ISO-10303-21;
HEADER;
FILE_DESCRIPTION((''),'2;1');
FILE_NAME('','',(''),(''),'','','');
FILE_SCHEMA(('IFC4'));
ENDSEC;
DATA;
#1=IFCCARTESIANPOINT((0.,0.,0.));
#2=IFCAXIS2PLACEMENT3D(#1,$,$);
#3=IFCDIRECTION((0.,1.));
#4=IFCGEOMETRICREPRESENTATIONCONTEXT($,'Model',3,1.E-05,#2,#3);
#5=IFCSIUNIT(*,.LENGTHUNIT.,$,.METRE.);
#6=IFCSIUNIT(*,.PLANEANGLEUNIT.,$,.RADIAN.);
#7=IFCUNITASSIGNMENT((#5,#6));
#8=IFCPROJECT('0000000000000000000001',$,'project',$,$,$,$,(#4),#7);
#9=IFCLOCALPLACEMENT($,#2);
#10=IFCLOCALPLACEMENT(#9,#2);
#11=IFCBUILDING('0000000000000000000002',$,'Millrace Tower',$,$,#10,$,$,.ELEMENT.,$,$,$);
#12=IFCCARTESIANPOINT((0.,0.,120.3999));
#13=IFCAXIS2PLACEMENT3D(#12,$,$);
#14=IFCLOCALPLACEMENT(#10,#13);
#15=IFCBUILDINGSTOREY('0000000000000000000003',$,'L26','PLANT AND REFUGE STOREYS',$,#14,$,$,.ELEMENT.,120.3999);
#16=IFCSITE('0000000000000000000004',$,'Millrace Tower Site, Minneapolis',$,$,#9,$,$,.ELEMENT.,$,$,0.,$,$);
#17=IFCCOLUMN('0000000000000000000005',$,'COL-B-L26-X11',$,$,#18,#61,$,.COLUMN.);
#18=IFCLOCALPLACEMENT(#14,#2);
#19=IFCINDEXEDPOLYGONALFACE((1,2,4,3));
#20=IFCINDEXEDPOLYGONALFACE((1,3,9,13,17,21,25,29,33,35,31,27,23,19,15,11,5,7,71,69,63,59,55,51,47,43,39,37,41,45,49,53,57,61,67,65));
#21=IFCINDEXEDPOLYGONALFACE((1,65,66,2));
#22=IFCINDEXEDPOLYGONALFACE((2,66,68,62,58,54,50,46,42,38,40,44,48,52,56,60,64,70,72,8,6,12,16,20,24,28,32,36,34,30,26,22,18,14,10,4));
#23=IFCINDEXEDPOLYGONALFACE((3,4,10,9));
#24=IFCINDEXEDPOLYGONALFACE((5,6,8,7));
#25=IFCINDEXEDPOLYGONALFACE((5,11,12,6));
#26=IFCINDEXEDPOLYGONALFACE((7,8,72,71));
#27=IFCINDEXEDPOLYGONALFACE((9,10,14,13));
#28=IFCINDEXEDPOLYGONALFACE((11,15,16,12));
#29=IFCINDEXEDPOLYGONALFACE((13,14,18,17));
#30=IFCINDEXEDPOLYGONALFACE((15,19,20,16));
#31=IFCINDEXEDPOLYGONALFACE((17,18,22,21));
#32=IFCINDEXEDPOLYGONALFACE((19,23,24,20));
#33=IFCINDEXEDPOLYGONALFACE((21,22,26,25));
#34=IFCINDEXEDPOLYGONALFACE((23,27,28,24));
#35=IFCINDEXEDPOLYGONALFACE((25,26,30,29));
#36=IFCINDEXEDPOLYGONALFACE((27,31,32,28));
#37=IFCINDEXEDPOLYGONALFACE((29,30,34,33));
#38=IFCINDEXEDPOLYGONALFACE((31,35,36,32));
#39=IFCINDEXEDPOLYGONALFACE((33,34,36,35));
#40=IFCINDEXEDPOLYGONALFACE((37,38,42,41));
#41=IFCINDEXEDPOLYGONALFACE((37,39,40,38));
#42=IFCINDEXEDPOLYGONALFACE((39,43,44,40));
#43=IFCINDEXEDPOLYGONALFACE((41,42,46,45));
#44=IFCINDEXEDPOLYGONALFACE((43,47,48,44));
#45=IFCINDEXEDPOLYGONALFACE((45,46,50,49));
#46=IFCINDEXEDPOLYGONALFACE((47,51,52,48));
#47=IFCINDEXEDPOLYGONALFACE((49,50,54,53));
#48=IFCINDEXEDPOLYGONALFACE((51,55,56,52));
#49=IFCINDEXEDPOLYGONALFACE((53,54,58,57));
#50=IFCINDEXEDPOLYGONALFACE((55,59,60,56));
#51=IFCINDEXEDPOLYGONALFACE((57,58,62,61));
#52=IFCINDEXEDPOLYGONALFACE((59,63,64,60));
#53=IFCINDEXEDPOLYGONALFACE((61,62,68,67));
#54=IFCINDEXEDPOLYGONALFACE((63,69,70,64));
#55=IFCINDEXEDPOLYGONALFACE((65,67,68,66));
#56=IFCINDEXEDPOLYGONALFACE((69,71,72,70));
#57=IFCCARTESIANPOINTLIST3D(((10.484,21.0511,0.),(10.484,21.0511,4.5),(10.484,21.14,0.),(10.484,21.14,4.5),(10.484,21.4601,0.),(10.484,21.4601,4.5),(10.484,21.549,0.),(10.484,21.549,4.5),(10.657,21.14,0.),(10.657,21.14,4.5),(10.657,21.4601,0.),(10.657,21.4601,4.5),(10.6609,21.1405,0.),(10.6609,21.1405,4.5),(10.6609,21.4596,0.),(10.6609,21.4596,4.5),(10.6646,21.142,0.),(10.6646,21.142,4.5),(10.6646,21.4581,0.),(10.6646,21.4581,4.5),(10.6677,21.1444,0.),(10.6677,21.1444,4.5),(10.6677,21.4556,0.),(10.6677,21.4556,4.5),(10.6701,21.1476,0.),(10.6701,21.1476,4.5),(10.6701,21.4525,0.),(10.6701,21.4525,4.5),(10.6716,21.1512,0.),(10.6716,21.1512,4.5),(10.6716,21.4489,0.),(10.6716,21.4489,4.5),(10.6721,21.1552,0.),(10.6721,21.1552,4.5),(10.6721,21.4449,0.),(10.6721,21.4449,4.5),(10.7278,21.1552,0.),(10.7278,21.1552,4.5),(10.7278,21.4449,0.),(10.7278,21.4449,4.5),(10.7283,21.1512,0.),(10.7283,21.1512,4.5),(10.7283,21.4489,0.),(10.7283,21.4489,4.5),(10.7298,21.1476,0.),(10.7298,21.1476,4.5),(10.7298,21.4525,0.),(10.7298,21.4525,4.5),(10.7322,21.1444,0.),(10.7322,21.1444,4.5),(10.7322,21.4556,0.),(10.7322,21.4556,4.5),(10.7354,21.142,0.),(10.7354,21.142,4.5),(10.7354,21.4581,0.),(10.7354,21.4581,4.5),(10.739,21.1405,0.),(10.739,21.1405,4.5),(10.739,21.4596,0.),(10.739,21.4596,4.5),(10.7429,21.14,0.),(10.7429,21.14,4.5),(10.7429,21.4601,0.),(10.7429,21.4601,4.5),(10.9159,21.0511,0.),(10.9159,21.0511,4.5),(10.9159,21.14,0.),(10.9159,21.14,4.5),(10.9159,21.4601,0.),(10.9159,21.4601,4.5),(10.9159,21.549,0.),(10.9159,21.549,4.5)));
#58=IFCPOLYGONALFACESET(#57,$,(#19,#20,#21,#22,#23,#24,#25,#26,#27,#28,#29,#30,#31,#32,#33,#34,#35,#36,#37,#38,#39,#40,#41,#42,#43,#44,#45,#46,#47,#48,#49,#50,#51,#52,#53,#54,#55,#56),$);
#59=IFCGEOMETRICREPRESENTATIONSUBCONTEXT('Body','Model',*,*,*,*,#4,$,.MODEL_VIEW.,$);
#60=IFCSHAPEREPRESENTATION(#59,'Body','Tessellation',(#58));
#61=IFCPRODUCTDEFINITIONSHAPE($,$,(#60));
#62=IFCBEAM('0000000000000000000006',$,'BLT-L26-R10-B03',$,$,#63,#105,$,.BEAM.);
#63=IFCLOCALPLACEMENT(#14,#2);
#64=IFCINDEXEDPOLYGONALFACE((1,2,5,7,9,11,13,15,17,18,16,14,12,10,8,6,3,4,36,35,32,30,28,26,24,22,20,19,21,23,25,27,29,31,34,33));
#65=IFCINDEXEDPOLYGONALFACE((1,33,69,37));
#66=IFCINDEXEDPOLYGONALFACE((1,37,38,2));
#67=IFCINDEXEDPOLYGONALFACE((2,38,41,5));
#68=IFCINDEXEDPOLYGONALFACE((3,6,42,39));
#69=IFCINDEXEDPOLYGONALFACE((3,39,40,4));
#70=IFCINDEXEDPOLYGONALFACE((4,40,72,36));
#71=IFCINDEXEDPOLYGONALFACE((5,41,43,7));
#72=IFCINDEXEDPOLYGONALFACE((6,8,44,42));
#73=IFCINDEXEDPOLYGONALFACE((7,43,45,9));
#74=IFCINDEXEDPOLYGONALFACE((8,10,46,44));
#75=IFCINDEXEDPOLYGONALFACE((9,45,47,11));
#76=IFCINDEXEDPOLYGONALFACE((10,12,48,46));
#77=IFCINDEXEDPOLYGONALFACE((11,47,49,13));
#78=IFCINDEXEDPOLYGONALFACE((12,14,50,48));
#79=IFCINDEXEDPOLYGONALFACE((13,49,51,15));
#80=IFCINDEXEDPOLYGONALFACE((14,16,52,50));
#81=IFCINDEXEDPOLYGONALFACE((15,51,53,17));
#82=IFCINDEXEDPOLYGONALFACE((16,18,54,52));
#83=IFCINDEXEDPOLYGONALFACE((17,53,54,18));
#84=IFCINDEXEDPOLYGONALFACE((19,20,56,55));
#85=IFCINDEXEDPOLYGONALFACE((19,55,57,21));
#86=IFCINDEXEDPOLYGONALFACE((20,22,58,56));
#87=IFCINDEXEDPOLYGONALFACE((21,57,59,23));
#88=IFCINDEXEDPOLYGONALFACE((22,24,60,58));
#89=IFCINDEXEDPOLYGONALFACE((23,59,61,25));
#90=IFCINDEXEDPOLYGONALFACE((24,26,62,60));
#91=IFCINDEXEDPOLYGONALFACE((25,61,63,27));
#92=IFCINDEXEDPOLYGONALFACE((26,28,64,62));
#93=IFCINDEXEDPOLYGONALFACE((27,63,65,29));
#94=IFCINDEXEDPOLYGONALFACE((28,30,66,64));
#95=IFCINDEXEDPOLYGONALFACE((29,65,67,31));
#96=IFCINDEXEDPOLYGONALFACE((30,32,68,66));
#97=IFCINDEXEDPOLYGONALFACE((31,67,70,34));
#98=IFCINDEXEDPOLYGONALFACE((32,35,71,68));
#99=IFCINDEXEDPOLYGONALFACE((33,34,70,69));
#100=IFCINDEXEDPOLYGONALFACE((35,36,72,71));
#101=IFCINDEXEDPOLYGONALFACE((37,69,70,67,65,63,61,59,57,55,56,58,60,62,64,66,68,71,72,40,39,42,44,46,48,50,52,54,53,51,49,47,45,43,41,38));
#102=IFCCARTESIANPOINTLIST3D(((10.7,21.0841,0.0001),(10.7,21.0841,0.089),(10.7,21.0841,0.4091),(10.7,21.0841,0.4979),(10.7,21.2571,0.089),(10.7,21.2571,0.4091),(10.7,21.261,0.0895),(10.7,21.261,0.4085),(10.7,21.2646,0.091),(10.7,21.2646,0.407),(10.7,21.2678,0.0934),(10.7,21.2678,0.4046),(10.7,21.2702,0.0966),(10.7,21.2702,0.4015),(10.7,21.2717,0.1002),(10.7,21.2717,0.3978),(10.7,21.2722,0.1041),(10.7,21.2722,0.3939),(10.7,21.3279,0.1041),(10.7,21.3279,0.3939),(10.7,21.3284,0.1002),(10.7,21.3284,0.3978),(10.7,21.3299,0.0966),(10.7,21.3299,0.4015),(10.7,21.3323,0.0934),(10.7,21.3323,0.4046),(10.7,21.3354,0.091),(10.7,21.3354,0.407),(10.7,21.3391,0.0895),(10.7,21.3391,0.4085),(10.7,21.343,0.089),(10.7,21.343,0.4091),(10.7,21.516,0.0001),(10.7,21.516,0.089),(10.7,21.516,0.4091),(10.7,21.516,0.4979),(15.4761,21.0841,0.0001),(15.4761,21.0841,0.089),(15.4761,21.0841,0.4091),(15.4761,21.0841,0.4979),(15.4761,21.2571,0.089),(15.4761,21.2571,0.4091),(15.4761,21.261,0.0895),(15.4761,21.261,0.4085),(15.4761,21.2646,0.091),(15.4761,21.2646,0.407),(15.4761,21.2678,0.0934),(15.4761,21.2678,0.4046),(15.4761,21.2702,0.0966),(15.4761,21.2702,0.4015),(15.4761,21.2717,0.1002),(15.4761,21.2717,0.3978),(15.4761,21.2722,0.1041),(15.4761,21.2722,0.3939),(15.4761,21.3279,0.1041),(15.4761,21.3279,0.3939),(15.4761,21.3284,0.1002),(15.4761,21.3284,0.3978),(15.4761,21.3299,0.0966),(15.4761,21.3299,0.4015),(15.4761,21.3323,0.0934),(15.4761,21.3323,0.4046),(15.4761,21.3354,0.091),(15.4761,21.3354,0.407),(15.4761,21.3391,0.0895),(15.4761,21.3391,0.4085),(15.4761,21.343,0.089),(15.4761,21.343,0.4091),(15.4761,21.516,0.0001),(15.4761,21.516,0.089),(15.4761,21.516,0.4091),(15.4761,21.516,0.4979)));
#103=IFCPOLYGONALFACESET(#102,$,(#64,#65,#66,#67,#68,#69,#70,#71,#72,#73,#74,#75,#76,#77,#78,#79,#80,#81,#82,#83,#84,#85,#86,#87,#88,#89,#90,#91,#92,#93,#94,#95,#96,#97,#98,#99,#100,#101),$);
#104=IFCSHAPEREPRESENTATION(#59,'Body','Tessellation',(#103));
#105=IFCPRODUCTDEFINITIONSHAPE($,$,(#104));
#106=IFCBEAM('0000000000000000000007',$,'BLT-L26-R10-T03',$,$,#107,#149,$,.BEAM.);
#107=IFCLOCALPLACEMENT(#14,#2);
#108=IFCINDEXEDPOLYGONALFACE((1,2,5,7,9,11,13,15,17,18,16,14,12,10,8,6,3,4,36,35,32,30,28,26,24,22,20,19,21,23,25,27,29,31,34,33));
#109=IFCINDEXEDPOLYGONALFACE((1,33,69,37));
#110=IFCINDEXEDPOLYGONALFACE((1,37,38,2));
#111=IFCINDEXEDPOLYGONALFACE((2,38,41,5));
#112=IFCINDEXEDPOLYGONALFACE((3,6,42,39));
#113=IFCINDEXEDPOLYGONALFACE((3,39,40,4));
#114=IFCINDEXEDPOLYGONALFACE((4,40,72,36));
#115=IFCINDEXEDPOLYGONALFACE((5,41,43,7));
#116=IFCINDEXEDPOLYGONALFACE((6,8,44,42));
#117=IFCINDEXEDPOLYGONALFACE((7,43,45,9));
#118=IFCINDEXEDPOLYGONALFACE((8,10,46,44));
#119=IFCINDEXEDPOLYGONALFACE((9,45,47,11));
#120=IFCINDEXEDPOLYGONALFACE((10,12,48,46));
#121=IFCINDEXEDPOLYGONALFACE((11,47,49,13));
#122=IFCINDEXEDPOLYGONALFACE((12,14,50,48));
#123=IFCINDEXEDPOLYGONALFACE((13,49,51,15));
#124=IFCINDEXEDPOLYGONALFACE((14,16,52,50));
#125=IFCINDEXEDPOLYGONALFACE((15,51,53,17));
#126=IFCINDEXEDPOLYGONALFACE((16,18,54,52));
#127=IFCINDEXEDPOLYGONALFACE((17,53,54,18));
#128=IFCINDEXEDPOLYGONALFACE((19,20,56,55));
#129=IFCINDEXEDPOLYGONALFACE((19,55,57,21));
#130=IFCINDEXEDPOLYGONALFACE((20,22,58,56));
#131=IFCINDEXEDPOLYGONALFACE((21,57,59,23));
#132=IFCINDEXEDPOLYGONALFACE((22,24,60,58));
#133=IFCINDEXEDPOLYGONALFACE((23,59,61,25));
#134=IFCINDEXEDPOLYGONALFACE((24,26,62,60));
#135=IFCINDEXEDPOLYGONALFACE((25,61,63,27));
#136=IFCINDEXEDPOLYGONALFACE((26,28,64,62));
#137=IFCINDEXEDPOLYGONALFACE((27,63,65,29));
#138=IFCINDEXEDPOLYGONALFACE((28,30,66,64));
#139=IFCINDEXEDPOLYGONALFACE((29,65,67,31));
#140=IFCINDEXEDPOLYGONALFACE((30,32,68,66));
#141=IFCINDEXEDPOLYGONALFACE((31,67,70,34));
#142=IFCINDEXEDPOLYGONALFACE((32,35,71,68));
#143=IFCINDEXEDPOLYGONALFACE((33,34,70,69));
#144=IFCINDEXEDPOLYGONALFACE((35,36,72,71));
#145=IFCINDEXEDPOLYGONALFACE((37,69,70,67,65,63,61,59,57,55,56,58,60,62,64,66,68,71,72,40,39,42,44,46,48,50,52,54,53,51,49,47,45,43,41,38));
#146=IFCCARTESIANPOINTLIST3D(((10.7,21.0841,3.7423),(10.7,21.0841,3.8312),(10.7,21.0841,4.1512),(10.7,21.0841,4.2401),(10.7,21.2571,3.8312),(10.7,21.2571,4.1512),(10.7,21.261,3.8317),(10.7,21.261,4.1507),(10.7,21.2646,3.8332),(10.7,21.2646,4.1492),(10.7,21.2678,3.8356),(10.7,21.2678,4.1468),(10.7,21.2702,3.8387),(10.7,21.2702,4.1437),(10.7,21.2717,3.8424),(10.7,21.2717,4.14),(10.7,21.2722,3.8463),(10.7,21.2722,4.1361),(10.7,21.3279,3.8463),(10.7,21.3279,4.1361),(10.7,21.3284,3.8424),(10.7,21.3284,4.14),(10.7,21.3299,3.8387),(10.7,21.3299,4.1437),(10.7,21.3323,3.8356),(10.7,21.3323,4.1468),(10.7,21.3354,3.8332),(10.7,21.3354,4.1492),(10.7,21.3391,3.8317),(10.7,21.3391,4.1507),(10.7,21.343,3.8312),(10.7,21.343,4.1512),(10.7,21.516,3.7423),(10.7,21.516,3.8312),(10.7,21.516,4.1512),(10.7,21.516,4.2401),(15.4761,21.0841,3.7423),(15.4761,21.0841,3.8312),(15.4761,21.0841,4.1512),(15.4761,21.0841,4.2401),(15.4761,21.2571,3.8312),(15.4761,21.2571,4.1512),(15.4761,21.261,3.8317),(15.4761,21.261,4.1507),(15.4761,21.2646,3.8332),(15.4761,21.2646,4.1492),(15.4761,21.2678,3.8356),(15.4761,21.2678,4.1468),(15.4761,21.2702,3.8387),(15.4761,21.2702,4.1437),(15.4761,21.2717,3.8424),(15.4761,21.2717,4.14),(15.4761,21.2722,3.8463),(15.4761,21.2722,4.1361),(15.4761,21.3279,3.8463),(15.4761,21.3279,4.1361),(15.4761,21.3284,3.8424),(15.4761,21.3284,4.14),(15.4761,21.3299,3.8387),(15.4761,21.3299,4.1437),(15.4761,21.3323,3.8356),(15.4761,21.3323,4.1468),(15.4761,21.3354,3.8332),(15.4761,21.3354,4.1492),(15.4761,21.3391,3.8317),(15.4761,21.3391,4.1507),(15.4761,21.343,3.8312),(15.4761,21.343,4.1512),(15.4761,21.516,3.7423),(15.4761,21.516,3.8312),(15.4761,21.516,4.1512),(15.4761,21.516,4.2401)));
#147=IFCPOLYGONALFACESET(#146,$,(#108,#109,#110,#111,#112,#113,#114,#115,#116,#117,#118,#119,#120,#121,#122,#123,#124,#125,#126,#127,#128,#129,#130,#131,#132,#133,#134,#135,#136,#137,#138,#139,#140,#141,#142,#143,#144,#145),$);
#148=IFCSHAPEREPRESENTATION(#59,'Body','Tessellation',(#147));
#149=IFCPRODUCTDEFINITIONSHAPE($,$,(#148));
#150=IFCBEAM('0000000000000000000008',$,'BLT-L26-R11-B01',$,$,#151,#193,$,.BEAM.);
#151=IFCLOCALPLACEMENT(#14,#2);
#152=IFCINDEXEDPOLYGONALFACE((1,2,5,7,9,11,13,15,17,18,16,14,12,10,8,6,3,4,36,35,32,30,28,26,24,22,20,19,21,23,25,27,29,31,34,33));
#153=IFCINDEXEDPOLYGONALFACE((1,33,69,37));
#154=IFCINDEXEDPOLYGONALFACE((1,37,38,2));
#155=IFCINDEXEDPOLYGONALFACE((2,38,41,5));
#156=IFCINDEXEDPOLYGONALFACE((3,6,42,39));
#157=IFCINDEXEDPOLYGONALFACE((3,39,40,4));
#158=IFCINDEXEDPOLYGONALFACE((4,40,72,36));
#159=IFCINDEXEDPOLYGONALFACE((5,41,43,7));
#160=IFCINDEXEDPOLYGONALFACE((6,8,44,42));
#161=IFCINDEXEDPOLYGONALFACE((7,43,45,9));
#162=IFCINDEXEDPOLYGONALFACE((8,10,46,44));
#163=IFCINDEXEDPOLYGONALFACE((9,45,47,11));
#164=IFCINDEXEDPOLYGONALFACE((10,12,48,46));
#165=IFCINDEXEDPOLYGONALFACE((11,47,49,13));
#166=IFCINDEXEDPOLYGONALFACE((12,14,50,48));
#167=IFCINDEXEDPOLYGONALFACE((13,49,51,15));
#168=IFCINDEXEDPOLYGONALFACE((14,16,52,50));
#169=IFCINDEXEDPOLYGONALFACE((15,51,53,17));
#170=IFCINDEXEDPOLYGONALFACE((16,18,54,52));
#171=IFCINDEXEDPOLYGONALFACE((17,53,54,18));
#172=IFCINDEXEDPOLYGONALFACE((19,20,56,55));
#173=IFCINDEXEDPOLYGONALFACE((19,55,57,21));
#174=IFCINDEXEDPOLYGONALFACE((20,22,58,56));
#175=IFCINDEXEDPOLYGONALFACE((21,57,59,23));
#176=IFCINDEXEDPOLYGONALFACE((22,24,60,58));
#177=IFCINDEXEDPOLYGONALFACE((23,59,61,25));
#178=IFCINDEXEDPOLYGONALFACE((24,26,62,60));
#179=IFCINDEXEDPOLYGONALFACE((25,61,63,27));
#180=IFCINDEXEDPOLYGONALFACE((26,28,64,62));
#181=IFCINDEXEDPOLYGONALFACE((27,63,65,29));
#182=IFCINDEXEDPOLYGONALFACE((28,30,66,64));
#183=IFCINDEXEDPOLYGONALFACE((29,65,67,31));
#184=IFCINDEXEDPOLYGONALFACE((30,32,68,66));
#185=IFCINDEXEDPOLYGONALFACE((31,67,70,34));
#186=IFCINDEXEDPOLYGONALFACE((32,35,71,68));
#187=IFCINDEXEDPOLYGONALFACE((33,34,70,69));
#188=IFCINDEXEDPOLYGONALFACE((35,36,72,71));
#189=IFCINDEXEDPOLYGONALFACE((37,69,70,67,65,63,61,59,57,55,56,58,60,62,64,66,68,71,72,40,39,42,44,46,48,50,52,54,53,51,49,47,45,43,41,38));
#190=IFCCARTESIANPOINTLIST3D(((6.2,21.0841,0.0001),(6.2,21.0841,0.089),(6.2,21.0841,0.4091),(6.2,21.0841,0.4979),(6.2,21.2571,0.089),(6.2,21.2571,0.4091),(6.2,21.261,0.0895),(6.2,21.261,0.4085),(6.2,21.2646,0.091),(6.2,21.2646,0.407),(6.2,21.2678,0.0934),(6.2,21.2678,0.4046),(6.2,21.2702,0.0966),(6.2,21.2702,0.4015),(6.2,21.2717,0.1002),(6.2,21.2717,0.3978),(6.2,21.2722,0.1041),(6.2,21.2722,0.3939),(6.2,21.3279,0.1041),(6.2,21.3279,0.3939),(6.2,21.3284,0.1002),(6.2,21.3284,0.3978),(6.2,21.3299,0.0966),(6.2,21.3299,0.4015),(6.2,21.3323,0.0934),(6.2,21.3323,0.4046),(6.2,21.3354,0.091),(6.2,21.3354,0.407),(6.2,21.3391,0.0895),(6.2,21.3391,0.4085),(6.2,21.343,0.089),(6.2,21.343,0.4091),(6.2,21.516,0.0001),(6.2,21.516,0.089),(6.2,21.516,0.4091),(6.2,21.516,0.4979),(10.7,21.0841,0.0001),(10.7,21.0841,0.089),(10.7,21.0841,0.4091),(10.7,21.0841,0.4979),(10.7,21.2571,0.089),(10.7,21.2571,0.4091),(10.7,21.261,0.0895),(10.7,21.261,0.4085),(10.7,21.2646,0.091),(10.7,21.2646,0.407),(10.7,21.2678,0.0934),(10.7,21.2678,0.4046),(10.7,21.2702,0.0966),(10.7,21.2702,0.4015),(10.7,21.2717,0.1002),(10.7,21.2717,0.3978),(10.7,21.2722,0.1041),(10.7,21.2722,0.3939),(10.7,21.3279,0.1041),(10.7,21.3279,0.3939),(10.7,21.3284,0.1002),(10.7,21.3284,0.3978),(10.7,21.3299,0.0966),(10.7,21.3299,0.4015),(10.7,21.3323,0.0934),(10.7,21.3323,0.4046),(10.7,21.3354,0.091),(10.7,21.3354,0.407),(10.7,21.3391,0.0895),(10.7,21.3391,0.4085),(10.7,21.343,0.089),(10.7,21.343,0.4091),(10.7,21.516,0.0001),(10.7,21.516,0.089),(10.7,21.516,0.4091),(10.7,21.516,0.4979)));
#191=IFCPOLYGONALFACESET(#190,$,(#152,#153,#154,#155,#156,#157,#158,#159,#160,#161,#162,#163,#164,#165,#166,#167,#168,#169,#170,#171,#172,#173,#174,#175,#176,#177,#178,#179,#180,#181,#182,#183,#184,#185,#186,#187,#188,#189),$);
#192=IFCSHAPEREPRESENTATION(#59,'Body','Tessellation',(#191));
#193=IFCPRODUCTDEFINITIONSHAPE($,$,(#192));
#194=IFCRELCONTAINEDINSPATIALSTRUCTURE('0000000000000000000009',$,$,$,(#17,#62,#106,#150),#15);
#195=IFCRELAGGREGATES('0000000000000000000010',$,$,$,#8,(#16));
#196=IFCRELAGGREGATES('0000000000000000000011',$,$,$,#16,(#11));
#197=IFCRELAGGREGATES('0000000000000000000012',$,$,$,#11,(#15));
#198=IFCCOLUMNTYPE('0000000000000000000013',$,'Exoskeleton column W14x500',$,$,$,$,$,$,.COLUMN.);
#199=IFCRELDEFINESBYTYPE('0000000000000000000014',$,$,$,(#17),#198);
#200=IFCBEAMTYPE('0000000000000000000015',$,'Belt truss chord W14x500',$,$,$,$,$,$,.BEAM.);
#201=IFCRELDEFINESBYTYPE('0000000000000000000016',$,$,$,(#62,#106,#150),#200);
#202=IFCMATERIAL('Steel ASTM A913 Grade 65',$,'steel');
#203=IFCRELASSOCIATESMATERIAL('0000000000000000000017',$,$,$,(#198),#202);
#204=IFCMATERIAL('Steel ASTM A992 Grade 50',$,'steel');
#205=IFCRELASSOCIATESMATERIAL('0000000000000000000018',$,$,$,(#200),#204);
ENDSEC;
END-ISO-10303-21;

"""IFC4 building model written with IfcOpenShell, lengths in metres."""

from ifc_helpers import new_model, si_unit, direction, frame, origin, origin_2d, place, context, subcontext, project, spatial, i_section, extrude, material, material_profile, profile_set, type_object, element, save


model = new_model("IFC4")

# Units and contexts
model_context = context("Model", 3, precision=1e-05, world=origin(), true_north=direction((0.0, 1.0)))
body_context = subcontext(model_context, "Body", "Model", "MODEL_VIEW")
ifc_project = project(units=[si_unit("LENGTHUNIT", "METRE"), si_unit("PLANEANGLEUNIT", "RADIAN")], contexts=[model_context])

# Site, building, storey
site_placement = place(None, origin())
site = spatial("IfcSite", under=ifc_project, at=site_placement, Name="Millrace Tower Site, Minneapolis", CompositionType="ELEMENT", RefElevation=0.0)
building_placement = place(site_placement, origin())
building = spatial("IfcBuilding", under=site, at=building_placement, Name="Millrace Tower", CompositionType="ELEMENT")
storey_placement = place(building_placement, frame((0.0, 0.0, 120.3999)))
storey = spatial("IfcBuildingStorey", under=building, at=storey_placement, Name="L26", Description="PLANT AND REFUGE STOREYS", CompositionType="ELEMENT", Elevation=120.3999)

# Column
ifc_material_1 = material(Name="Steel ASTM A913 Grade 65", Category="steel")
ifc_material_profile_1 = material_profile(ifc_material_1, i_section(OverallWidth=0.4319, OverallDepth=0.4978, WebThickness=0.0557, FlangeThickness=0.0889, FilletRadius=0.0151, at=origin_2d()))
ifc_profile_set_1 = profile_set([ifc_material_profile_1], Name="Steel ASTM A913 Grade 65")
column_type = type_object("IfcColumnType", Name="Exoskeleton column W14x500", PredefinedType="COLUMN", material=ifc_profile_set_1)
column_placement = place(storey_placement, frame((10.7, 21.3, 0.0), z_axis=(0.0, 0.0, 1.0), x_axis=(-1.0, 0.0, 0.0)))
element("IfcColumn", 1, at=column_placement, inside=storey, type_object=column_type, Name="COL-B-L26-X11", PredefinedType="COLUMN", context=body_context, shape_type="SweptSolid", body=[
    extrude(i_section(OverallWidth=0.4319, OverallDepth=0.4978, WebThickness=0.0557, FlangeThickness=0.0889, FilletRadius=0.0151, at=origin_2d()), origin(), (0.0, 0.0, 1.0), 4.5),
])

# Beams
ifc_material_2 = material(Name="Steel ASTM A992 Grade 50", Category="steel")
ifc_material_profile_2 = material_profile(ifc_material_2, i_section(OverallWidth=0.4319, OverallDepth=0.4978, WebThickness=0.0557, FlangeThickness=0.0889, FilletRadius=0.0151, at=origin_2d()))
ifc_profile_set_2 = profile_set([ifc_material_profile_2], Name="Steel ASTM A992 Grade 50")
beam_type_1 = type_object("IfcBeamType", Name="Belt truss chord W14x500", PredefinedType="BEAM", material=ifc_profile_set_2)
for number, where, z_axis, x_axis, name in (
    (2, (15.4761, 21.3, 0.249), (-1.0, 0.0, 0.0), (0.0, -1.0, 0.0), "BLT-L26-R10-B03"),
    (3, (15.4761, 21.3, 3.9912), (-1.0, 0.0, 0.0), (0.0, -1.0, 0.0), "BLT-L26-R10-T03"),
):
    element("IfcBeam", number, at=place(storey_placement, frame(where, z_axis=z_axis, x_axis=x_axis)), inside=storey, type_object=beam_type_1, Name=name, PredefinedType="BEAM", context=body_context, shape_type="SweptSolid", body=[
        extrude(i_section(OverallWidth=0.4319, OverallDepth=0.4978, WebThickness=0.0557, FlangeThickness=0.0889, FilletRadius=0.0151, at=origin_2d()), origin(), (0.0, 0.0, 1.0), 4.7761),
    ])
beam_1_placement = place(storey_placement, frame((10.7, 21.3, 0.249), z_axis=(-1.0, 0.0, 0.0), x_axis=(0.0, -1.0, 0.0)))
element("IfcBeam", 4, at=beam_1_placement, inside=storey, type_object=beam_type_1, Name="BLT-L26-R11-B01", PredefinedType="BEAM", context=body_context, shape_type="SweptSolid", body=[
    extrude(i_section(OverallWidth=0.4319, OverallDepth=0.4978, WebThickness=0.0557, FlangeThickness=0.0889, FilletRadius=0.0151, at=origin_2d()), origin(), (0.0, 0.0, 1.0), 4.5),
])

save(model, "model.ifc")
